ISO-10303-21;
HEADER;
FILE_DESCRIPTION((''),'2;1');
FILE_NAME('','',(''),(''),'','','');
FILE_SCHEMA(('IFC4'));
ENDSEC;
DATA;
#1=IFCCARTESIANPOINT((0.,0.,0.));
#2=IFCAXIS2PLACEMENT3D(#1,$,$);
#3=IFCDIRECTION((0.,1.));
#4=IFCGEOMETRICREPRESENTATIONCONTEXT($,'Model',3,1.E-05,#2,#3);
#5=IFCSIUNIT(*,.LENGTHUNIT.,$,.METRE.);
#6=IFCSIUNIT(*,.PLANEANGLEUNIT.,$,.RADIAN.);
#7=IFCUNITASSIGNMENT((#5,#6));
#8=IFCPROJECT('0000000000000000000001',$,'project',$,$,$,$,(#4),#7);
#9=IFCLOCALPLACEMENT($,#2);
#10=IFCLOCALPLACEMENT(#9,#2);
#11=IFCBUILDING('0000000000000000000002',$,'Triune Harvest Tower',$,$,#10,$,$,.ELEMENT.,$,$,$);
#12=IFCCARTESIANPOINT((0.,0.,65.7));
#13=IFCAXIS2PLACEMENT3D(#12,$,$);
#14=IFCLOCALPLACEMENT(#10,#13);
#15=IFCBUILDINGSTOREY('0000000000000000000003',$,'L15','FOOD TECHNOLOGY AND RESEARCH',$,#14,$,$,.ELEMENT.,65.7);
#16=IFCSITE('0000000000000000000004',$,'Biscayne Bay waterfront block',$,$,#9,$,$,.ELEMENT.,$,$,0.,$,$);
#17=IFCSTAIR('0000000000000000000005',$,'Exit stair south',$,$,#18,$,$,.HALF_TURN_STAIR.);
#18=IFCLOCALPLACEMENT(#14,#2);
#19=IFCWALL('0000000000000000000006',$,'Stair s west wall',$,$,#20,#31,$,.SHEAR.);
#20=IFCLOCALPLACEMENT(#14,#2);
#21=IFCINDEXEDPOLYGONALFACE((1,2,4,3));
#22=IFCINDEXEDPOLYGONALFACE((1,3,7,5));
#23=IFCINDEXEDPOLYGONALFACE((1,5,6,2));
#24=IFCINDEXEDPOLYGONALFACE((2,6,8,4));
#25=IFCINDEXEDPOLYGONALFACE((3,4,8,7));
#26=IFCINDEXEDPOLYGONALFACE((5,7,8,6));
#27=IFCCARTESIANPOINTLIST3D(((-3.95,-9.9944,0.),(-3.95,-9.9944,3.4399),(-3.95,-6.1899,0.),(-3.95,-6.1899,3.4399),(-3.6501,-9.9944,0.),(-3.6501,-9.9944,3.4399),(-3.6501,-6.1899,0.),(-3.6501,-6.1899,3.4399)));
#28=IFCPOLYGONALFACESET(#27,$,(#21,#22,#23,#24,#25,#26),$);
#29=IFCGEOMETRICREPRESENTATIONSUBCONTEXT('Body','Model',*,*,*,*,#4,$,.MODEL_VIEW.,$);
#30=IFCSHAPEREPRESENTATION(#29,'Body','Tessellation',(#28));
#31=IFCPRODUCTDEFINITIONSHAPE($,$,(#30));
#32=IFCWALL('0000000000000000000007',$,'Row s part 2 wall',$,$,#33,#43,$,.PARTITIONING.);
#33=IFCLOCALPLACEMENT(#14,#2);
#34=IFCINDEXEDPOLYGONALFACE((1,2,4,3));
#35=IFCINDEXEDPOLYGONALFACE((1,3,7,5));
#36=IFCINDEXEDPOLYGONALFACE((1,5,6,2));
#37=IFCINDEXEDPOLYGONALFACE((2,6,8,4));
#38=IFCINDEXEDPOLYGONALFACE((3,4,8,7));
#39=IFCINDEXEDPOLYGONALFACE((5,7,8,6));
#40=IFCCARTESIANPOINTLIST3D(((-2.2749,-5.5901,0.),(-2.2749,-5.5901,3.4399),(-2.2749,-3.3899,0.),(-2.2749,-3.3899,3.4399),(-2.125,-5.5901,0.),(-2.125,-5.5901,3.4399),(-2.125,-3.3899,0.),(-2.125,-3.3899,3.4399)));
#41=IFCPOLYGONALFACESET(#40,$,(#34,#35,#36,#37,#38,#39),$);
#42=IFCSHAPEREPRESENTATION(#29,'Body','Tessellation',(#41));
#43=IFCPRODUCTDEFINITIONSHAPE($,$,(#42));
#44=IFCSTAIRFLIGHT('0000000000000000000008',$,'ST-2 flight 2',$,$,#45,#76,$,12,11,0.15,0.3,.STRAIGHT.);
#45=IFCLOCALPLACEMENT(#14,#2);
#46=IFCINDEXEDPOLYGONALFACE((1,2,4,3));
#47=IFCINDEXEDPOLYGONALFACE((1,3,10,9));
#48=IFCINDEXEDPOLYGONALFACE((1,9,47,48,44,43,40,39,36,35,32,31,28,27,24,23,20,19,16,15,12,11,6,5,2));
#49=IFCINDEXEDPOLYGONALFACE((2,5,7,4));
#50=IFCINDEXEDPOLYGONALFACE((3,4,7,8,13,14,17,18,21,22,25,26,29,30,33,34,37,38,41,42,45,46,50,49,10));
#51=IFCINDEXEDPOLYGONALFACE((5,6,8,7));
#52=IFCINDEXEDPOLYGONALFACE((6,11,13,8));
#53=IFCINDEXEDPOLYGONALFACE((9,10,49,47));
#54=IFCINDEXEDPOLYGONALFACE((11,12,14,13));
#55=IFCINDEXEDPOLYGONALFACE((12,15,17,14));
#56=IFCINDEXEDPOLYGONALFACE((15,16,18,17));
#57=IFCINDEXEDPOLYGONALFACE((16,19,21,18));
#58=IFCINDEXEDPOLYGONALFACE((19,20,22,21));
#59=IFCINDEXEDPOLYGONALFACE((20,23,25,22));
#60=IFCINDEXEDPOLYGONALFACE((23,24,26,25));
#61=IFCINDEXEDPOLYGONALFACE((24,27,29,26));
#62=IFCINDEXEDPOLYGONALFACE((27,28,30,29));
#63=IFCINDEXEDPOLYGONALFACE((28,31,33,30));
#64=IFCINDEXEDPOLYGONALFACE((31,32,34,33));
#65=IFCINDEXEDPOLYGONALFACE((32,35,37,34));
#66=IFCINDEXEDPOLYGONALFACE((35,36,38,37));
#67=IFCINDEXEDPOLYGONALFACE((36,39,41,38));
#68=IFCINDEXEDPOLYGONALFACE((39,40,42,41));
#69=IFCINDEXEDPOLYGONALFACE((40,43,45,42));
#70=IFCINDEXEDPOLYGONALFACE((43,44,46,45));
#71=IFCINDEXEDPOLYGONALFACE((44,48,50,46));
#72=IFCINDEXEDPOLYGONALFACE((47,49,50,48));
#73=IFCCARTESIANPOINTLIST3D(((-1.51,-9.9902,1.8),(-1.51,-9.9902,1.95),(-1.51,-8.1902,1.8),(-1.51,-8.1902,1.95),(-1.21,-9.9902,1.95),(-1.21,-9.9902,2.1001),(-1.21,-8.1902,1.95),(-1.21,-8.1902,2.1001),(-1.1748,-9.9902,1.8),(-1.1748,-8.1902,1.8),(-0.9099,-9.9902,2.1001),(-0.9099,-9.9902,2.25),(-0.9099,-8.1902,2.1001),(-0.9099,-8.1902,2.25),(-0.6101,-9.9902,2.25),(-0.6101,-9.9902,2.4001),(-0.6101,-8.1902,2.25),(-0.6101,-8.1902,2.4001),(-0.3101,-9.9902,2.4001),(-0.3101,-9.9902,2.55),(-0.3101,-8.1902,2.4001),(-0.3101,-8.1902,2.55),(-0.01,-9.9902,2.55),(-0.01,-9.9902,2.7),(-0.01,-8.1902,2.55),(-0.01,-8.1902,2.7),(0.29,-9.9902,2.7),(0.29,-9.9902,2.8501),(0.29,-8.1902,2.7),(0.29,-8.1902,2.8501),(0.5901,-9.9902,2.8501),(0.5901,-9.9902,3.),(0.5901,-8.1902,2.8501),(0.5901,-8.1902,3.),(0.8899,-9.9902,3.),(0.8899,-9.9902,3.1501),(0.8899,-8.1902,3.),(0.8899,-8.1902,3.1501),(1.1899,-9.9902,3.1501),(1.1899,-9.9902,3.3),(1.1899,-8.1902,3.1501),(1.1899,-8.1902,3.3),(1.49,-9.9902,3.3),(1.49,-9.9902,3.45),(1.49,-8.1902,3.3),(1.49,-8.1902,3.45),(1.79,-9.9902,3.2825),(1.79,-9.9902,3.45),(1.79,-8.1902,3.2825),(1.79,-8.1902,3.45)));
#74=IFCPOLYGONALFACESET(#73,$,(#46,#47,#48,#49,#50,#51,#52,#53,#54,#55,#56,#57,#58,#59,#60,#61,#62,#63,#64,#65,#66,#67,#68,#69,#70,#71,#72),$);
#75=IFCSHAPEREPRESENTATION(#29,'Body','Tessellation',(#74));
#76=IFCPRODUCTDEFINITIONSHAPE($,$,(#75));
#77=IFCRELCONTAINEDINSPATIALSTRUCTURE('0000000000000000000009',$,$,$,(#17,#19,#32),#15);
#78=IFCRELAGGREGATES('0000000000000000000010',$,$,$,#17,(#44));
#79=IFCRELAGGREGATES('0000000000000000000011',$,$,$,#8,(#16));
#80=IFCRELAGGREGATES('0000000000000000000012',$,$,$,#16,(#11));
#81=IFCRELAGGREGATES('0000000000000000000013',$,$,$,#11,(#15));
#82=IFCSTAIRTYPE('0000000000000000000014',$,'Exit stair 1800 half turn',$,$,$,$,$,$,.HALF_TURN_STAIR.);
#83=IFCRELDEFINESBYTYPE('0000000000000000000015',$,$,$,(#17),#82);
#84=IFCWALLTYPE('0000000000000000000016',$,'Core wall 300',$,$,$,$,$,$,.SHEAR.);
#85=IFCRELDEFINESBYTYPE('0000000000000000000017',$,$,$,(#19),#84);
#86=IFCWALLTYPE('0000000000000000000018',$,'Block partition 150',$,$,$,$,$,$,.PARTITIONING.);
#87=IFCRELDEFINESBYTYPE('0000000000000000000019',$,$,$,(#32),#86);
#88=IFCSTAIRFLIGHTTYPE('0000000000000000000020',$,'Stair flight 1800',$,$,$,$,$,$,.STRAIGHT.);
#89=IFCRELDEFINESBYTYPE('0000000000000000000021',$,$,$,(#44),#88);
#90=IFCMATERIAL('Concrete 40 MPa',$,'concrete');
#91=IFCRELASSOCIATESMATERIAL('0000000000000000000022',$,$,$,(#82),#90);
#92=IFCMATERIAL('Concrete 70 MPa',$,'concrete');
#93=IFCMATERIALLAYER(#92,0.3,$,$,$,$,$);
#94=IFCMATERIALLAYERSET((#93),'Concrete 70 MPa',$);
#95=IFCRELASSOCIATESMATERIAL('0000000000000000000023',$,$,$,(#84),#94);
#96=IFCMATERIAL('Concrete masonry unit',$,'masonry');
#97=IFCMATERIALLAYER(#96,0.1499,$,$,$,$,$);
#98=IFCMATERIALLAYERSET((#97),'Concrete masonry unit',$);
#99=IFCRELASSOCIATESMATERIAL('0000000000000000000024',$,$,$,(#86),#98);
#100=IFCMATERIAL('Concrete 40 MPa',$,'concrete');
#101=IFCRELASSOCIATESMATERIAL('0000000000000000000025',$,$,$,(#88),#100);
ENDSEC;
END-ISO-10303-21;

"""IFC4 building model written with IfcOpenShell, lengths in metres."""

from ifc_helpers import new_model, si_unit, direction, frame, frame_2d, origin, place, context, subcontext, project, spatial, polyline, rectangle, outline, extrude, source, transform, mapped, material, layer, layer_set, type_object, element, aggregate, save


model = new_model("IFC4")

# Units and contexts
model_context = context("Model", 3, precision=1e-05, world=origin(), true_north=direction((0.0, 1.0)))
body_context = subcontext(model_context, "Body", "Model", "MODEL_VIEW")
ifc_project = project(units=[si_unit("LENGTHUNIT", "METRE"), si_unit("PLANEANGLEUNIT", "RADIAN")], contexts=[model_context])

# Site, building, storey
site_placement = place(None, origin())
site = spatial("IfcSite", under=ifc_project, at=site_placement, Name="Biscayne Bay waterfront block", CompositionType="ELEMENT", RefElevation=0.0)
building_placement = place(site_placement, origin())
building = spatial("IfcBuilding", under=site, at=building_placement, Name="Triune Harvest Tower", CompositionType="ELEMENT")
storey_placement = place(building_placement, frame((0.0, 0.0, 65.7)))
storey = spatial("IfcBuildingStorey", under=building, at=storey_placement, Name="L15", Description="FOOD TECHNOLOGY AND RESEARCH", CompositionType="ELEMENT", Elevation=65.7)

# Stair
ifc_material_1 = material(Name="Concrete 40 MPa", Category="concrete")
stair_type = type_object("IfcStairType", Name="Exit stair 1800 half turn", PredefinedType="HALF_TURN_STAIR", material=ifc_material_1)
stair_1_placement = place(storey_placement, origin())
stair_1 = element("IfcStair", 1, at=stair_1_placement, inside=storey, type_object=stair_type, Name="Exit stair south", PredefinedType="HALF_TURN_STAIR")

# Walls
ifc_material_2 = material(Name="Concrete 70 MPa", Category="concrete")
ifc_layer_1 = layer(ifc_material_2, 0.3)
ifc_layer_set_1 = layer_set([ifc_layer_1], Name="Concrete 70 MPa")
wall_type_1 = type_object("IfcWallType", Name="Core wall 300", PredefinedType="SHEAR", material=ifc_layer_set_1)
shared_shape_1 = source(origin(), body_context, "Body", "SweptSolid", [
    extrude(outline(polyline([(3.8, -0.1499), (-0.0044, -0.1499), (-0.0044, 0.1499), (3.8, 0.1499), (3.8, -0.1499)])), origin(), (0.0, 0.0, 1.0), 3.4399),
])
wall_1_placement = place(storey_placement, frame((-3.8, -9.99, 0.0), z_axis=(0.0, 0.0, 1.0), x_axis=(0.0, 1.0, 0.0)))
element("IfcWall", 2, at=wall_1_placement, inside=storey, type_object=wall_type_1, Name="Stair s west wall", PredefinedType="SHEAR", context=body_context, shape_type="MappedRepresentation", body=[
    mapped(shared_shape_1, transform((0.0, 0.0, 0.0), scale=1.0)),
])
ifc_material_3 = material(Name="Concrete masonry unit", Category="masonry")
ifc_layer_2 = layer(ifc_material_3, 0.1499)
ifc_layer_set_2 = layer_set([ifc_layer_2], Name="Concrete masonry unit")
wall_type_2 = type_object("IfcWallType", Name="Block partition 150", PredefinedType="PARTITIONING", material=ifc_layer_set_2)
shared_shape_2 = source(origin(), body_context, "Body", "SweptSolid", [
    extrude(rectangle(XDim=2.2002, YDim=0.1499, at=frame_2d((1.1001, 0.0))), origin(), (0.0, 0.0, 1.0), 3.4399),
])
wall_2_placement = place(storey_placement, frame((-2.2, -5.5901, 0.0), z_axis=(0.0, 0.0, 1.0), x_axis=(0.0, 1.0, 0.0)))
element("IfcWall", 3, at=wall_2_placement, inside=storey, type_object=wall_type_2, Name="Row s part 2 wall", PredefinedType="PARTITIONING", context=body_context, shape_type="MappedRepresentation", body=[
    mapped(shared_shape_2, transform((0.0, 0.0, 0.0), scale=1.0)),
])

# Stair flight
ifc_material_4 = material(Name="Concrete 40 MPa", Category="concrete")
stair_flight_type = type_object("IfcStairFlightType", Name="Stair flight 1800", PredefinedType="STRAIGHT", material=ifc_material_4)
shared_shape_3 = source(origin(), body_context, "Body", "SweptSolid", [
    extrude(outline(polyline([(0.0, 0.0), (0.0, 0.1499), (0.3, 0.1499), (0.3, 0.3), (0.6001, 0.3), (0.6001, 0.45), (0.8999, 0.45), (0.8999, 0.6001), (1.2, 0.6001), (1.2, 0.75), (1.5, 0.75), (1.5, 0.8999), (1.8, 0.8999), (1.8, 1.05), (2.1001, 1.05), (2.1001, 1.2), (2.3999, 1.2), (2.3999, 1.3501), (2.7, 1.3501), (2.7, 1.5), (3.0, 1.5), (3.0, 1.6499), (3.3, 1.6499), (3.3, 1.8), (3.3, 1.4824), (0.3352, 0.0), (0.0, 0.0)])), frame((0.0, 0.8999, 0.0), z_axis=(0.0, -1.0, 0.0), x_axis=(1.0, 0.0, 0.0)), (0.0, 0.0, 1.0), 1.8),
])
stair_flight_placement = place(storey_placement, frame((-1.51, -9.0901, 1.8), z_axis=(0.0, 0.0, 1.0), x_axis=(1.0, 0.0, 0.0)))
stair_flight = element("IfcStairFlight", 4, at=stair_flight_placement, type_object=stair_flight_type, Name="ST-2 flight 2", NumberOfRisers=12, NumberOfTreads=11, PredefinedType="STRAIGHT", RiserHeight=0.15, TreadLength=0.3, context=body_context, shape_type="MappedRepresentation", body=[
    mapped(shared_shape_3, transform((0.0, 0.0, 0.0), scale=1.0)),
])
aggregate(stair_1, [stair_flight])

save(model, "model.ifc")
